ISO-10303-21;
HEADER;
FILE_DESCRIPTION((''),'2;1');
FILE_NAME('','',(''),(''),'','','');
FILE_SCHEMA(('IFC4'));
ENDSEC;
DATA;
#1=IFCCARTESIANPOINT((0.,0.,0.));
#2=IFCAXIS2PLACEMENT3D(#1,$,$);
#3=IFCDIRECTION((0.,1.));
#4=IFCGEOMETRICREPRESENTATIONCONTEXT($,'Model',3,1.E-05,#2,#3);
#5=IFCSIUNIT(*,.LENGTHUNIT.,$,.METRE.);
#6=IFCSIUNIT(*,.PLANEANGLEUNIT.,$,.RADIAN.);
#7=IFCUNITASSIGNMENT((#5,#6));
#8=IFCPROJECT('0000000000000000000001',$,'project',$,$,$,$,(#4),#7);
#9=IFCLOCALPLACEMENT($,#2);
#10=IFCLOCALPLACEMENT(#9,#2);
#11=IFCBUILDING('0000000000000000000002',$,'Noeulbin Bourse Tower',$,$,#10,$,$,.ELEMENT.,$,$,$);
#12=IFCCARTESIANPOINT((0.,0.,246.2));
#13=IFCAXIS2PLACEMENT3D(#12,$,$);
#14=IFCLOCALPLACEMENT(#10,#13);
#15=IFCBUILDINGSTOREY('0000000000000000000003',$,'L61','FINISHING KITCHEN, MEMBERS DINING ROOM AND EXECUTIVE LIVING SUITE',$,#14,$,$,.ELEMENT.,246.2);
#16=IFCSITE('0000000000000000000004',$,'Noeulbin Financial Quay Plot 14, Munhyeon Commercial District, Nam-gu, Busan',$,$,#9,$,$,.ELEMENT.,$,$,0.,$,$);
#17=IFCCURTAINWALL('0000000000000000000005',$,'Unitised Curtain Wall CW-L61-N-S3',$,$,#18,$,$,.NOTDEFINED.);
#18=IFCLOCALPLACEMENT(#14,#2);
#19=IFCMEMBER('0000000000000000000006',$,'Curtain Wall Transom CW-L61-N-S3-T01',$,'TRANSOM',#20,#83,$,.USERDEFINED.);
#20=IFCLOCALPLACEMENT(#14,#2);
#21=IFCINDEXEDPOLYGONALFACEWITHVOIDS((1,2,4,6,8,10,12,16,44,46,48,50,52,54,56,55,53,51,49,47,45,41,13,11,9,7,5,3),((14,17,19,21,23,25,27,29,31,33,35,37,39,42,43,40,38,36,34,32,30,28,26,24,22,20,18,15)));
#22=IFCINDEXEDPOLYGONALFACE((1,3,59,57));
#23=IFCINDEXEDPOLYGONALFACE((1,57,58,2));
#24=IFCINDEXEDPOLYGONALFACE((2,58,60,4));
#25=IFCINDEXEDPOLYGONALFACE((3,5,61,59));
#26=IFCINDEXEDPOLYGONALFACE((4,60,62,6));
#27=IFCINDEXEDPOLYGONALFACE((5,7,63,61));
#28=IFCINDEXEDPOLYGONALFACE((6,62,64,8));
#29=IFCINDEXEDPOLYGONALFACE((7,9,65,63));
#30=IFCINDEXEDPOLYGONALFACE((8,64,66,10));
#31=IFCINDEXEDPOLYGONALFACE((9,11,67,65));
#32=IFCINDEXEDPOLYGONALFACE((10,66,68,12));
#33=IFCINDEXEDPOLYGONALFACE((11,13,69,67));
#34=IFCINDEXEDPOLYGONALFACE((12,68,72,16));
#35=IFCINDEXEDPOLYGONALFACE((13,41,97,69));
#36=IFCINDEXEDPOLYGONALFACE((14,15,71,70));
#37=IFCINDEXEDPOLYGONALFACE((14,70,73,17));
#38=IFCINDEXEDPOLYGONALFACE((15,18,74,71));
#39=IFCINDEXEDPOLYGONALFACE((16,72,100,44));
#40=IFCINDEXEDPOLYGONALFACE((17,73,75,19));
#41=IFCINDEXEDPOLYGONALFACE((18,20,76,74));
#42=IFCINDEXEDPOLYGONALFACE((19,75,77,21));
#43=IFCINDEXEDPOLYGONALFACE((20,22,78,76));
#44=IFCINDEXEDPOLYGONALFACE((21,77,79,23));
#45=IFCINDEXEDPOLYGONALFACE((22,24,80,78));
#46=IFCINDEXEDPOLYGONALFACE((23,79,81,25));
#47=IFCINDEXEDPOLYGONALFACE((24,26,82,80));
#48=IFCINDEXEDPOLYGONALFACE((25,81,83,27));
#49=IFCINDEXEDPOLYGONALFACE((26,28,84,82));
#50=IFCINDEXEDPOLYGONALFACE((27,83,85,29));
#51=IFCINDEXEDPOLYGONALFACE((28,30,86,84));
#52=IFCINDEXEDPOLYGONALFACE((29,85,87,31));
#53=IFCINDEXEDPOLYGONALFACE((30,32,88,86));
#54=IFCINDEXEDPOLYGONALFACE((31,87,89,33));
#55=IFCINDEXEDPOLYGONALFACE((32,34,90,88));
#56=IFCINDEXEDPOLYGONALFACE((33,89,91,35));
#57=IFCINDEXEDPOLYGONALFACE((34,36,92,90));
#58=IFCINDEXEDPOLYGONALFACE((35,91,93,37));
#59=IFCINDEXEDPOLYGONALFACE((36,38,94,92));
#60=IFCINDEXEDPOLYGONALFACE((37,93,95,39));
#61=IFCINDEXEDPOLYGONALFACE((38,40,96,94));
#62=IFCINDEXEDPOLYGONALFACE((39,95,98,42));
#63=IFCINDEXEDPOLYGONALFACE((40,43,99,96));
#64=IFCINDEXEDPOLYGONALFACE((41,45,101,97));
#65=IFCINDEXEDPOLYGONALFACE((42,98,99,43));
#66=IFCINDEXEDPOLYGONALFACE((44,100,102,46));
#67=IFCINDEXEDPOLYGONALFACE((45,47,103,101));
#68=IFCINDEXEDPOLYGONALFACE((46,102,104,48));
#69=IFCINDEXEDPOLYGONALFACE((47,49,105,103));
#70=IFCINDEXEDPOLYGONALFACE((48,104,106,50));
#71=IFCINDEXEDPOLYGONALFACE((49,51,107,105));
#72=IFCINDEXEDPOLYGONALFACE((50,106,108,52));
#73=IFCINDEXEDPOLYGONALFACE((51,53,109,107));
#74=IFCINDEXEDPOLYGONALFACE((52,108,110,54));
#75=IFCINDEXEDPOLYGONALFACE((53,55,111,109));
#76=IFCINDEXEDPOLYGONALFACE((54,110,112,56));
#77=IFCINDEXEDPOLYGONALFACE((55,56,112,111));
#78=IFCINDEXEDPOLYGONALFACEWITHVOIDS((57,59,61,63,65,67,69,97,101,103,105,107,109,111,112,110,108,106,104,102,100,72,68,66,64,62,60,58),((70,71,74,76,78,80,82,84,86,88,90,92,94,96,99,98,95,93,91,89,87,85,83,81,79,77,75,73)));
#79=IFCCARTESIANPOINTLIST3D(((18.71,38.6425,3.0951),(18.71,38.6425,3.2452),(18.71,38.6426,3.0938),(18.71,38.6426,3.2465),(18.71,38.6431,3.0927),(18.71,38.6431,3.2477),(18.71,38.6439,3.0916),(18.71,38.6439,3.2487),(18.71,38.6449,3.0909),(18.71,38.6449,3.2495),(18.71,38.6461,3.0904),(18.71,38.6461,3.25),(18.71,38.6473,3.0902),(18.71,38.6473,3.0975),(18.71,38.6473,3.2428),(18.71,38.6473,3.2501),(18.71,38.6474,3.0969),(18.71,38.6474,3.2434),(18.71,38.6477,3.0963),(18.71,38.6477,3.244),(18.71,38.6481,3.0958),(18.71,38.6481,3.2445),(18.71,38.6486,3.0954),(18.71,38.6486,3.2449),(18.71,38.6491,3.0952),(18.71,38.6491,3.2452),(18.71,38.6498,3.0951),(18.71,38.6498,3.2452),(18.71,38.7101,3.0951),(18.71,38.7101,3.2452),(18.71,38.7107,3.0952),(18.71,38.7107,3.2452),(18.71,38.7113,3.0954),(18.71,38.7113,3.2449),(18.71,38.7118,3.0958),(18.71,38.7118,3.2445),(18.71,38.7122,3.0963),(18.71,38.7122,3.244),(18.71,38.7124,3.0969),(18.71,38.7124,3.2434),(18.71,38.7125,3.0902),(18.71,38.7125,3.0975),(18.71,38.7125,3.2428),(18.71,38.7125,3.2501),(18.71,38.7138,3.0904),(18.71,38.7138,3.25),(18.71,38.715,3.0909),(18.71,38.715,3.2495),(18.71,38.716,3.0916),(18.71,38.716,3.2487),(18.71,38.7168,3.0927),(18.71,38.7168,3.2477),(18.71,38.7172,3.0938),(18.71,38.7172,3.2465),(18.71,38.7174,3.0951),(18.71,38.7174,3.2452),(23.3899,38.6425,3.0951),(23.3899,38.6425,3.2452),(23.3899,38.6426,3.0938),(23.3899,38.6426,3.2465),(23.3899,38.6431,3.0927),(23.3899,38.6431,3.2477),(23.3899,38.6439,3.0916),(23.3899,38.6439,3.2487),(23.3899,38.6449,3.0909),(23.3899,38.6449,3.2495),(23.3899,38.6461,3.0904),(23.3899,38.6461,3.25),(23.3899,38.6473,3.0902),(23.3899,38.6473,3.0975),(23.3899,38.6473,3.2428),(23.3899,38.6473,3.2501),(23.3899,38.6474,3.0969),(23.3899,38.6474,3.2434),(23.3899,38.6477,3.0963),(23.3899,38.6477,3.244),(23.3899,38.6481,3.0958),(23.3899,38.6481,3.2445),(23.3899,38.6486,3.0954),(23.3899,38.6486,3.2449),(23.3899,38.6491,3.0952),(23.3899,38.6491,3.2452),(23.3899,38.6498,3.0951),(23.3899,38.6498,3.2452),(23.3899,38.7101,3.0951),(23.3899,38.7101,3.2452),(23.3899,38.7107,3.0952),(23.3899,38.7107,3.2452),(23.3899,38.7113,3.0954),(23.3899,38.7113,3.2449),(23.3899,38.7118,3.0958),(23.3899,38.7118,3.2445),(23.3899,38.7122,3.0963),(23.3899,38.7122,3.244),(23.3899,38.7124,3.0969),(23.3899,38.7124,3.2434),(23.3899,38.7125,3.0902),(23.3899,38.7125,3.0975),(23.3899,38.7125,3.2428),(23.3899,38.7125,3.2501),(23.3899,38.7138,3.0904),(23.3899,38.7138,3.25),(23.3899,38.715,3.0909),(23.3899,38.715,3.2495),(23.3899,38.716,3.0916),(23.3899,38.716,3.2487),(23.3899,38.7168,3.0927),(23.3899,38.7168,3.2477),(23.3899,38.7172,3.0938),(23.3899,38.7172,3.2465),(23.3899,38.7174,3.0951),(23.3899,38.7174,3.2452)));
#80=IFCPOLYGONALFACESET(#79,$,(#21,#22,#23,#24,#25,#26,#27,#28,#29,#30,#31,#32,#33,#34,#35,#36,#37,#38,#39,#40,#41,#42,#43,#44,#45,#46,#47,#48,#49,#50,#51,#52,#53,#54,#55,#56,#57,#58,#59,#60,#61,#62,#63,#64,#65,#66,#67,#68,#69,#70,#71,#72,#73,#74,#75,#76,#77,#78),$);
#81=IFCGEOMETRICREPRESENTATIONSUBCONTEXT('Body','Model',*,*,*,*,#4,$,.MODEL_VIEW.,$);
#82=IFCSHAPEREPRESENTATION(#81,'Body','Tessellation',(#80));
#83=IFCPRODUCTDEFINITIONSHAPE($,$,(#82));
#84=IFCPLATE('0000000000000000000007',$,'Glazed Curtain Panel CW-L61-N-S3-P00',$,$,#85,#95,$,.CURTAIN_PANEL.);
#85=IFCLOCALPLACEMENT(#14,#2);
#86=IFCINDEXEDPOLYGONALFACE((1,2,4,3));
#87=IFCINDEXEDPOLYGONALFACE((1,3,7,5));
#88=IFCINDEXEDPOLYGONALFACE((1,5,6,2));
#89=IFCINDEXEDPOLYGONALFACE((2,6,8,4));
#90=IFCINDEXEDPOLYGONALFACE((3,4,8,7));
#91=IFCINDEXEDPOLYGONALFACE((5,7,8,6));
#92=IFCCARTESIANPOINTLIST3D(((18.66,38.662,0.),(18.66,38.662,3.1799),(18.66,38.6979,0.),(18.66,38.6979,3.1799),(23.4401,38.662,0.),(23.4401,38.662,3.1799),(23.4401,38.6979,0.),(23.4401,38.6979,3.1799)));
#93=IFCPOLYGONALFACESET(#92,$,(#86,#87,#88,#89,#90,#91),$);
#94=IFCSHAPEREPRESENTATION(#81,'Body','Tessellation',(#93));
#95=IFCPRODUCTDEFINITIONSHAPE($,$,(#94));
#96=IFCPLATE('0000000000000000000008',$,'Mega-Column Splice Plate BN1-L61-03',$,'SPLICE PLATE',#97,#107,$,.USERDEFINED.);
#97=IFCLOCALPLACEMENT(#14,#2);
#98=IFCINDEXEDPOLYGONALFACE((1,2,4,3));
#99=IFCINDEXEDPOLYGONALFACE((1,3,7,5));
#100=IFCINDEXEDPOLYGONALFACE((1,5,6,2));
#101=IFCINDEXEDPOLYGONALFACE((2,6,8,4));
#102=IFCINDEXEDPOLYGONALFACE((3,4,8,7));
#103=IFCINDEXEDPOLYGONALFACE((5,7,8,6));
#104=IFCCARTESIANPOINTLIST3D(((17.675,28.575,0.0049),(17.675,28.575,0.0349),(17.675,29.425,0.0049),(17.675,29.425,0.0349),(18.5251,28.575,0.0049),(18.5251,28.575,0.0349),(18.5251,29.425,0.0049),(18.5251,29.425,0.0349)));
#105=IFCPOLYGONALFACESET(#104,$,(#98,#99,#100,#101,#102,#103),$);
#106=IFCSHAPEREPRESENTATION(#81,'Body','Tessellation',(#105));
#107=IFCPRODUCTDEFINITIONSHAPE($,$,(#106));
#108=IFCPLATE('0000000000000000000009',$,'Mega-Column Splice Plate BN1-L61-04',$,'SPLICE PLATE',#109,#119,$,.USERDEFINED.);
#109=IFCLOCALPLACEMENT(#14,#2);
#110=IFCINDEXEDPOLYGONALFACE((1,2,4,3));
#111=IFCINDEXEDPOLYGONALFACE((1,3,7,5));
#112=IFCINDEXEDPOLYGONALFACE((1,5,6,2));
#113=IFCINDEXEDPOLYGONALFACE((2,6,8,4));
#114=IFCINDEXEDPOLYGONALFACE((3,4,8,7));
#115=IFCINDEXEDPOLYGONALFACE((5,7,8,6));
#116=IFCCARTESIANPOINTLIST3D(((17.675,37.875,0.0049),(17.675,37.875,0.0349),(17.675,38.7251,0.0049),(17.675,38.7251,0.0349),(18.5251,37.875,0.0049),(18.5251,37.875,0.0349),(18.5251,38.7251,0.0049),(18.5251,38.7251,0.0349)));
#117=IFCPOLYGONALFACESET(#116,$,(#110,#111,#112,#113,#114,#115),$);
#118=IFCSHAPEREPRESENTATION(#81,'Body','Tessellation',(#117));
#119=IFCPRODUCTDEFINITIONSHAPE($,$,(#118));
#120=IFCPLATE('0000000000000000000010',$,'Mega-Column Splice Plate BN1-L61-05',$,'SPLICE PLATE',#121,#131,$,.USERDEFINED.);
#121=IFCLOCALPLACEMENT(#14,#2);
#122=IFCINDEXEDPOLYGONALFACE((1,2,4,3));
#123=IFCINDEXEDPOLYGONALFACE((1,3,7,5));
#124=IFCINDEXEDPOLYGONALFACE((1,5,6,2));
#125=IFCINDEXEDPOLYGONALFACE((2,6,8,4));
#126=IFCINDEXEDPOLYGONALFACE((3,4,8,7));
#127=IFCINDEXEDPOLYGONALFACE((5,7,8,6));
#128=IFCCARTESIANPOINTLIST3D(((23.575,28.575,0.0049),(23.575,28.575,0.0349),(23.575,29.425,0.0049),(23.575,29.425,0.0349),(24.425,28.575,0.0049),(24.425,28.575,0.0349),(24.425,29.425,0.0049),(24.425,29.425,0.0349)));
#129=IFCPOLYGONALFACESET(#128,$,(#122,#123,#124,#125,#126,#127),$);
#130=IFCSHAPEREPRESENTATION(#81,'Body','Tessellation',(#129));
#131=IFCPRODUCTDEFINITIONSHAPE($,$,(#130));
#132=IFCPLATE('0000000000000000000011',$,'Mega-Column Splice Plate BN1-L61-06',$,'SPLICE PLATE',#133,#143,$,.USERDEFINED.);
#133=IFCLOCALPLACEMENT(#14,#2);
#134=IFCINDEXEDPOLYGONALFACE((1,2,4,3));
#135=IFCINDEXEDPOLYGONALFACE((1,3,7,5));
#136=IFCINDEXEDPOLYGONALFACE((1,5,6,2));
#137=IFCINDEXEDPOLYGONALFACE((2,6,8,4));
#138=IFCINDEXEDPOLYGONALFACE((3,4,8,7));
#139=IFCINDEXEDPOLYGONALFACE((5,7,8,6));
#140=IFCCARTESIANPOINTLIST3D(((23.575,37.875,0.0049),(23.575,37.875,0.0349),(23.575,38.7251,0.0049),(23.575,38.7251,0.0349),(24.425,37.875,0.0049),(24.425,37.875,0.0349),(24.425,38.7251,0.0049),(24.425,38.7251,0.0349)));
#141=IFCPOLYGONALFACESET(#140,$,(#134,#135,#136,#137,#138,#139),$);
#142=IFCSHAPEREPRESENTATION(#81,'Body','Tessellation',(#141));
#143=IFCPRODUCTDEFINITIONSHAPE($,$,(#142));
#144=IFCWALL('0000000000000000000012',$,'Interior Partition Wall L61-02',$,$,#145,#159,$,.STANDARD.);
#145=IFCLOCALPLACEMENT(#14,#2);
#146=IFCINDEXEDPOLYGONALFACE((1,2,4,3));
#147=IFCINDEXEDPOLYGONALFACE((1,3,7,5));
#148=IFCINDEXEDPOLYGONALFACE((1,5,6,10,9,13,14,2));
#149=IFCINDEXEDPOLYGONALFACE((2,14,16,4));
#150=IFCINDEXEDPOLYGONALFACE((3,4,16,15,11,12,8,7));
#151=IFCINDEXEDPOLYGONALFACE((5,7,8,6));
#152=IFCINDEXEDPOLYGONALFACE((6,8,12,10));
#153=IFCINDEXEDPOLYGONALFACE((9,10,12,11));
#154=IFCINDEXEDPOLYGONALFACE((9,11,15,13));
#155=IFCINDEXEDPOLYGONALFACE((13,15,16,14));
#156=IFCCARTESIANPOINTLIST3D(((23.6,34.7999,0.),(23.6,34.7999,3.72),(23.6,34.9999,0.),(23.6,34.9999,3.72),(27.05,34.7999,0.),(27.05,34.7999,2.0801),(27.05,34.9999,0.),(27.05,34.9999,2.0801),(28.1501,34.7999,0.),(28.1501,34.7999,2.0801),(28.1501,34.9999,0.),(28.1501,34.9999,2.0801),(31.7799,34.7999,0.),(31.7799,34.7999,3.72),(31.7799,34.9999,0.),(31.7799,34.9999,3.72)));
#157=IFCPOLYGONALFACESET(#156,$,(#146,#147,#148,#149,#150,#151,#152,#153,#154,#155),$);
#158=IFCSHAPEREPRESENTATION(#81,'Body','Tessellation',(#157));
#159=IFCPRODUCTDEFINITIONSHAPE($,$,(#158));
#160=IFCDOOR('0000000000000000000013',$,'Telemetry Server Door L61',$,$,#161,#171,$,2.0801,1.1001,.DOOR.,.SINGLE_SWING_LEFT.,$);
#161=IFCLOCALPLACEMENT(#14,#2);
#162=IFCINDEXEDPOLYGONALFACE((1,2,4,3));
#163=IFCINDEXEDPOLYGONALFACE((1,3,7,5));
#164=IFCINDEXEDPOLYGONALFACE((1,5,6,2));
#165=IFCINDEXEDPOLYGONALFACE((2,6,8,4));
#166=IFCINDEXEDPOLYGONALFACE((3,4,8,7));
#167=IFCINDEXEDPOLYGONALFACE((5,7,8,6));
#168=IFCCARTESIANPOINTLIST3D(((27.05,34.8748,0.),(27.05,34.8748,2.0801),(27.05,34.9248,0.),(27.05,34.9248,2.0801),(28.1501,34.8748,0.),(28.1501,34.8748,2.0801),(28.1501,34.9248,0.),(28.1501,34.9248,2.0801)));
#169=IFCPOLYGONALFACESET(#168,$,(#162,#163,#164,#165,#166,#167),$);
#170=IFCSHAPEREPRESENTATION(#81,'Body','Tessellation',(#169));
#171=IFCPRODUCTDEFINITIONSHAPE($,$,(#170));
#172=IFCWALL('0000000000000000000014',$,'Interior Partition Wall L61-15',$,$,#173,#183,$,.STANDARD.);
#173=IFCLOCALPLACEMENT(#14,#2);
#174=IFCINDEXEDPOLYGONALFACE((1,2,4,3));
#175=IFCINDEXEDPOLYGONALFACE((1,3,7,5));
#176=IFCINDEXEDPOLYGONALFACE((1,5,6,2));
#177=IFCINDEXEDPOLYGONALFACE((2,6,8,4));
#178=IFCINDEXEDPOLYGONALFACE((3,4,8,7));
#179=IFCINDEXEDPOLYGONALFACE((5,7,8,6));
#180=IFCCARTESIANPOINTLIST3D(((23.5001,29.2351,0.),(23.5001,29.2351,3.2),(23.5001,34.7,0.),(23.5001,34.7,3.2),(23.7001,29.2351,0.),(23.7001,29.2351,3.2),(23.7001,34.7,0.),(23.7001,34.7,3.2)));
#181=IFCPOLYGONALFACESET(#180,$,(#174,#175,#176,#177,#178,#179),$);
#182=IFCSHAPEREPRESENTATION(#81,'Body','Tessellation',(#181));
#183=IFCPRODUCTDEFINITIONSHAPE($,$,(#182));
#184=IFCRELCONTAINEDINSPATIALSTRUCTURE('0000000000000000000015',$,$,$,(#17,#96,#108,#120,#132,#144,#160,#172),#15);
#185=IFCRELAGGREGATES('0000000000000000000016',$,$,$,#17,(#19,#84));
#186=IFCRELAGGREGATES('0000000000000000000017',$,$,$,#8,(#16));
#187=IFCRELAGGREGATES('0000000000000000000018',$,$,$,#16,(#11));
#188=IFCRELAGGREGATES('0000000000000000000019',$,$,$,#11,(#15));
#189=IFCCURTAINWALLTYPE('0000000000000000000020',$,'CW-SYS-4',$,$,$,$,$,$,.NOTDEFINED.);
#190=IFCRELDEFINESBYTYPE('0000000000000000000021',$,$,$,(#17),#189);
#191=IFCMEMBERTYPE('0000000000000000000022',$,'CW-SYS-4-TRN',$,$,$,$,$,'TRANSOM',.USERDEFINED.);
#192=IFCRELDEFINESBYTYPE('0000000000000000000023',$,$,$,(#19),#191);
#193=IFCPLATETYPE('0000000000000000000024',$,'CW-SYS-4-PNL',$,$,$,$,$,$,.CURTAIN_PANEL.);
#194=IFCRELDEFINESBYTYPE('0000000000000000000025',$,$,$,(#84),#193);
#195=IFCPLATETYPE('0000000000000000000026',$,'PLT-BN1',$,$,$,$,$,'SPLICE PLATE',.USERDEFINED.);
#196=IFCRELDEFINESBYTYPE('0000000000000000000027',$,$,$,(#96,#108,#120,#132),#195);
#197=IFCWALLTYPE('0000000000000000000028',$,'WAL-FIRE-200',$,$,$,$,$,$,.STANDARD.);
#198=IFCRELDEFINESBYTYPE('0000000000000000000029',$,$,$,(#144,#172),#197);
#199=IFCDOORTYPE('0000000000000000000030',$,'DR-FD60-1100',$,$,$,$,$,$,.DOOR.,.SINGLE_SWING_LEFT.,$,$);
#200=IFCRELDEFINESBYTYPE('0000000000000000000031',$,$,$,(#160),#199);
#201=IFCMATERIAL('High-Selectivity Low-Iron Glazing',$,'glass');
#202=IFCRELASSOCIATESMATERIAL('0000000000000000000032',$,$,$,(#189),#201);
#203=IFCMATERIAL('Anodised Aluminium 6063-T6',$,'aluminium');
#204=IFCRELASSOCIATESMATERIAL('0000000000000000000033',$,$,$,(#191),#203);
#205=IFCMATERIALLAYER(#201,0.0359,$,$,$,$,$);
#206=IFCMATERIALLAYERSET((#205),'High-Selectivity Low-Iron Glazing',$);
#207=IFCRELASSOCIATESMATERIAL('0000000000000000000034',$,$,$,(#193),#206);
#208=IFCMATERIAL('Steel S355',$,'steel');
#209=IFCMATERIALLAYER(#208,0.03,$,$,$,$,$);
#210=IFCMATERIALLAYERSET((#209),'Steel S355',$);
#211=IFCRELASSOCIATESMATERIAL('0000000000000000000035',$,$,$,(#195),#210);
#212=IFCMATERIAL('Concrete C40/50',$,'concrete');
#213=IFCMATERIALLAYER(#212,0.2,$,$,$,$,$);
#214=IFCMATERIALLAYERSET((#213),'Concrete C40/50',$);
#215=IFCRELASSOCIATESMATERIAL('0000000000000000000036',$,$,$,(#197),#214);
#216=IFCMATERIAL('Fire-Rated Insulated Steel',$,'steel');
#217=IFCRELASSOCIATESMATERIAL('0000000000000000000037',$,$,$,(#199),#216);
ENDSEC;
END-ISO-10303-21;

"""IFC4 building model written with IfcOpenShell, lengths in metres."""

from ifc_helpers import new_model, si_unit, direction, frame, frame_2d, origin, origin_2d, place, context, subcontext, project, spatial, rectangle, hollow_rectangle, extrude, material, layer, layer_set, material_profile, profile_set, type_object, element, fill, aggregate, save


model = new_model("IFC4")

# Units and contexts
model_context = context("Model", 3, precision=1e-05, world=origin(), true_north=direction((0.0, 1.0)))
body_context = subcontext(model_context, "Body", "Model", "MODEL_VIEW")
ifc_project = project(units=[si_unit("LENGTHUNIT", "METRE"), si_unit("PLANEANGLEUNIT", "RADIAN")], contexts=[model_context])

# Site, building, storey
site_placement = place(None, origin())
site = spatial("IfcSite", under=ifc_project, at=site_placement, Name="Noeulbin Financial Quay Plot 14, Munhyeon Commercial District, Nam-gu, Busan", CompositionType="ELEMENT", RefElevation=0.0)
building_placement = place(site_placement, origin())
building = spatial("IfcBuilding", under=site, at=building_placement, Name="Noeulbin Bourse Tower", CompositionType="ELEMENT")
storey_placement = place(building_placement, frame((0.0, 0.0, 246.2)))
storey = spatial("IfcBuildingStorey", under=building, at=storey_placement, Name="L61", Description="FINISHING KITCHEN, MEMBERS DINING ROOM AND EXECUTIVE LIVING SUITE", CompositionType="ELEMENT", Elevation=246.2)

# Shared definitions
ifc_material_1 = material(Name="Steel S355", Category="steel")

# Curtain wall, member, plate
ifc_material_2 = material(Name="High-Selectivity Low-Iron Glazing", Category="glass")
curtain_wall_type = type_object("IfcCurtainWallType", Name="CW-SYS-4", PredefinedType="NOTDEFINED", material=ifc_material_2)
curtain_wall_placement = place(storey_placement, origin())
curtain_wall = element("IfcCurtainWall", 1, at=curtain_wall_placement, inside=storey, type_object=curtain_wall_type, Name="Unitised Curtain Wall CW-L61-N-S3", PredefinedType="NOTDEFINED")
ifc_material_3 = material(Name="Anodised Aluminium 6063-T6", Category="aluminium")
ifc_material_profile_1 = material_profile(ifc_material_3, hollow_rectangle(XDim=0.075, YDim=0.1599, WallThickness=0.0049, InnerFilletRadius=0.0024, OuterFilletRadius=0.0049, at=origin_2d()), Name="ALU-TRAN-75x160x5", Category="LoadBearing")
ifc_profile_set_1 = profile_set([ifc_material_profile_1], Name="Anodised Aluminium 6063-T6")
member_type_1 = type_object("IfcMemberType", Name="CW-SYS-4-TRN", ElementType="TRANSOM", PredefinedType="USERDEFINED", material=ifc_profile_set_1)
member_1_placement = place(storey_placement, frame((18.71, 38.6799, 3.1702), z_axis=(1.0, 0.0, 0.0), x_axis=(0.0, 1.0, 0.0)))
member_1 = element("IfcMember", 2, at=member_1_placement, type_object=member_type_1, Name="Curtain Wall Transom CW-L61-N-S3-T01", ObjectType="TRANSOM", PredefinedType="USERDEFINED", context=body_context, shape_type="SweptSolid", body=[
    extrude(hollow_rectangle(XDim=0.075, YDim=0.1599, WallThickness=0.0049, InnerFilletRadius=0.0024, OuterFilletRadius=0.0049, at=origin_2d()), origin(), (0.0, 0.0, 1.0), 4.6799),
])
ifc_layer_1 = layer(ifc_material_2, 0.0359)
ifc_layer_set_1 = layer_set([ifc_layer_1], Name="High-Selectivity Low-Iron Glazing")
plate_type_1 = type_object("IfcPlateType", Name="CW-SYS-4-PNL", PredefinedType="CURTAIN_PANEL", material=ifc_layer_set_1)
plate_placement = place(storey_placement, frame((21.05, 38.6799, 0.0), z_axis=(0.0, 0.0, 1.0), x_axis=(1.0, 0.0, 0.0)))
plate = element("IfcPlate", 3, at=plate_placement, type_object=plate_type_1, Name="Glazed Curtain Panel CW-L61-N-S3-P00", PredefinedType="CURTAIN_PANEL", context=body_context, shape_type="SweptSolid", body=[
    extrude(rectangle(XDim=4.78, YDim=0.0359, at=origin_2d()), origin(), (0.0, 0.0, 1.0), 3.1799),
])
aggregate(curtain_wall, [member_1, plate])

# Plates
ifc_layer_2 = layer(ifc_material_1, 0.03)
ifc_layer_set_2 = layer_set([ifc_layer_2], Name="Steel S355")
plate_type_2 = type_object("IfcPlateType", Name="PLT-BN1", ElementType="SPLICE PLATE", PredefinedType="USERDEFINED", material=ifc_layer_set_2)
for number, where, z_axis, x_axis, name in (
    (4, (18.1001, 29.0, 0.0049), (0.0, 0.0, 1.0), (1.0, 0.0, 0.0), "Mega-Column Splice Plate BN1-L61-03"),
    (5, (18.1001, 38.3, 0.0049), (0.0, 0.0, 1.0), (1.0, 0.0, 0.0), "Mega-Column Splice Plate BN1-L61-04"),
    (6, (24.0, 29.0, 0.0049), (0.0, 0.0, 1.0), (1.0, 0.0, 0.0), "Mega-Column Splice Plate BN1-L61-05"),
    (7, (24.0, 38.3, 0.0049), (0.0, 0.0, 1.0), (1.0, 0.0, 0.0), "Mega-Column Splice Plate BN1-L61-06"),
):
    element("IfcPlate", number, at=place(storey_placement, frame(where, z_axis=z_axis, x_axis=x_axis)), inside=storey, type_object=plate_type_2, Name=name, ObjectType="SPLICE PLATE", PredefinedType="USERDEFINED", context=body_context, shape_type="SweptSolid", body=[
        extrude(rectangle(XDim=0.8501, YDim=0.8501, at=origin_2d()), origin(), (0.0, 0.0, 1.0), 0.03),
    ])

# Wall, opening, door
ifc_material_4 = material(Name="Concrete C40/50", Category="concrete")
ifc_layer_3 = layer(ifc_material_4, 0.2)
ifc_layer_set_3 = layer_set([ifc_layer_3], Name="Concrete C40/50")
wall_type_1 = type_object("IfcWallType", Name="WAL-FIRE-200", PredefinedType="STANDARD", material=ifc_layer_set_3)
wall_1_placement = place(storey_placement, frame((23.6001, 34.8999, 0.0), z_axis=(0.0, 0.0, 1.0), x_axis=(1.0, 0.0, 0.0)))
wall_1 = element("IfcWall", 8, at=wall_1_placement, inside=storey, type_object=wall_type_1, Name="Interior Partition Wall L61-02", PredefinedType="STANDARD", context=body_context, shape_type="SweptSolid", body=[
    extrude(rectangle(XDim=8.1799, YDim=0.2, at=frame_2d((4.0898, 0.0))), origin(), (0.0, 0.0, 1.0), 3.72),
])
opening_1_placement = place(wall_1_placement, frame((3.45, 0.0, 0.0)))
opening_1 = element("IfcOpeningElement", 9, at=opening_1_placement, cuts=wall_1, PredefinedType="OPENING", context=body_context, shape_type="SweptSolid", body=[
    extrude(rectangle(XDim=1.1001, YDim=2.0801, at=frame_2d((0.55, 1.04))), frame((0.0, 0.1099, 0.0), z_axis=(0.0, -1.0, 0.0), x_axis=(1.0, 0.0, 0.0)), (0.0, 0.0, 1.0), 0.22),
])
ifc_material_5 = material(Name="Fire-Rated Insulated Steel", Category="steel")
door_type_1 = type_object("IfcDoorType", Name="DR-FD60-1100", OperationType="SINGLE_SWING_LEFT", PredefinedType="DOOR", material=ifc_material_5)
door_1_placement = place(opening_1_placement, origin())
door_1 = element("IfcDoor", 10, at=door_1_placement, inside=storey, type_object=door_type_1, Name="Telemetry Server Door L61", OperationType="SINGLE_SWING_LEFT", OverallHeight=2.0801, OverallWidth=1.1001, PredefinedType="DOOR", context=body_context, shape_type="SweptSolid", body=[
    extrude(rectangle(XDim=1.1001, YDim=2.0801, at=frame_2d((0.55, 1.04))), frame((0.0, 0.0249, 0.0), z_axis=(0.0, -1.0, 0.0), x_axis=(1.0, 0.0, 0.0)), (0.0, 0.0, 1.0), 0.05),
])
fill(opening_1, door_1)

# Wall
wall_2_placement = place(storey_placement, frame((23.6001, 29.2351, 0.0), z_axis=(0.0, 0.0, 1.0), x_axis=(0.0, 1.0, 0.0)))
element("IfcWall", 11, at=wall_2_placement, inside=storey, type_object=wall_type_1, Name="Interior Partition Wall L61-15", PredefinedType="STANDARD", context=body_context, shape_type="SweptSolid", body=[
    extrude(rectangle(XDim=5.4648, YDim=0.2, at=frame_2d((2.7324, 0.0))), origin(), (0.0, 0.0, 1.0), 3.2),
])

save(model, "model.ifc")
